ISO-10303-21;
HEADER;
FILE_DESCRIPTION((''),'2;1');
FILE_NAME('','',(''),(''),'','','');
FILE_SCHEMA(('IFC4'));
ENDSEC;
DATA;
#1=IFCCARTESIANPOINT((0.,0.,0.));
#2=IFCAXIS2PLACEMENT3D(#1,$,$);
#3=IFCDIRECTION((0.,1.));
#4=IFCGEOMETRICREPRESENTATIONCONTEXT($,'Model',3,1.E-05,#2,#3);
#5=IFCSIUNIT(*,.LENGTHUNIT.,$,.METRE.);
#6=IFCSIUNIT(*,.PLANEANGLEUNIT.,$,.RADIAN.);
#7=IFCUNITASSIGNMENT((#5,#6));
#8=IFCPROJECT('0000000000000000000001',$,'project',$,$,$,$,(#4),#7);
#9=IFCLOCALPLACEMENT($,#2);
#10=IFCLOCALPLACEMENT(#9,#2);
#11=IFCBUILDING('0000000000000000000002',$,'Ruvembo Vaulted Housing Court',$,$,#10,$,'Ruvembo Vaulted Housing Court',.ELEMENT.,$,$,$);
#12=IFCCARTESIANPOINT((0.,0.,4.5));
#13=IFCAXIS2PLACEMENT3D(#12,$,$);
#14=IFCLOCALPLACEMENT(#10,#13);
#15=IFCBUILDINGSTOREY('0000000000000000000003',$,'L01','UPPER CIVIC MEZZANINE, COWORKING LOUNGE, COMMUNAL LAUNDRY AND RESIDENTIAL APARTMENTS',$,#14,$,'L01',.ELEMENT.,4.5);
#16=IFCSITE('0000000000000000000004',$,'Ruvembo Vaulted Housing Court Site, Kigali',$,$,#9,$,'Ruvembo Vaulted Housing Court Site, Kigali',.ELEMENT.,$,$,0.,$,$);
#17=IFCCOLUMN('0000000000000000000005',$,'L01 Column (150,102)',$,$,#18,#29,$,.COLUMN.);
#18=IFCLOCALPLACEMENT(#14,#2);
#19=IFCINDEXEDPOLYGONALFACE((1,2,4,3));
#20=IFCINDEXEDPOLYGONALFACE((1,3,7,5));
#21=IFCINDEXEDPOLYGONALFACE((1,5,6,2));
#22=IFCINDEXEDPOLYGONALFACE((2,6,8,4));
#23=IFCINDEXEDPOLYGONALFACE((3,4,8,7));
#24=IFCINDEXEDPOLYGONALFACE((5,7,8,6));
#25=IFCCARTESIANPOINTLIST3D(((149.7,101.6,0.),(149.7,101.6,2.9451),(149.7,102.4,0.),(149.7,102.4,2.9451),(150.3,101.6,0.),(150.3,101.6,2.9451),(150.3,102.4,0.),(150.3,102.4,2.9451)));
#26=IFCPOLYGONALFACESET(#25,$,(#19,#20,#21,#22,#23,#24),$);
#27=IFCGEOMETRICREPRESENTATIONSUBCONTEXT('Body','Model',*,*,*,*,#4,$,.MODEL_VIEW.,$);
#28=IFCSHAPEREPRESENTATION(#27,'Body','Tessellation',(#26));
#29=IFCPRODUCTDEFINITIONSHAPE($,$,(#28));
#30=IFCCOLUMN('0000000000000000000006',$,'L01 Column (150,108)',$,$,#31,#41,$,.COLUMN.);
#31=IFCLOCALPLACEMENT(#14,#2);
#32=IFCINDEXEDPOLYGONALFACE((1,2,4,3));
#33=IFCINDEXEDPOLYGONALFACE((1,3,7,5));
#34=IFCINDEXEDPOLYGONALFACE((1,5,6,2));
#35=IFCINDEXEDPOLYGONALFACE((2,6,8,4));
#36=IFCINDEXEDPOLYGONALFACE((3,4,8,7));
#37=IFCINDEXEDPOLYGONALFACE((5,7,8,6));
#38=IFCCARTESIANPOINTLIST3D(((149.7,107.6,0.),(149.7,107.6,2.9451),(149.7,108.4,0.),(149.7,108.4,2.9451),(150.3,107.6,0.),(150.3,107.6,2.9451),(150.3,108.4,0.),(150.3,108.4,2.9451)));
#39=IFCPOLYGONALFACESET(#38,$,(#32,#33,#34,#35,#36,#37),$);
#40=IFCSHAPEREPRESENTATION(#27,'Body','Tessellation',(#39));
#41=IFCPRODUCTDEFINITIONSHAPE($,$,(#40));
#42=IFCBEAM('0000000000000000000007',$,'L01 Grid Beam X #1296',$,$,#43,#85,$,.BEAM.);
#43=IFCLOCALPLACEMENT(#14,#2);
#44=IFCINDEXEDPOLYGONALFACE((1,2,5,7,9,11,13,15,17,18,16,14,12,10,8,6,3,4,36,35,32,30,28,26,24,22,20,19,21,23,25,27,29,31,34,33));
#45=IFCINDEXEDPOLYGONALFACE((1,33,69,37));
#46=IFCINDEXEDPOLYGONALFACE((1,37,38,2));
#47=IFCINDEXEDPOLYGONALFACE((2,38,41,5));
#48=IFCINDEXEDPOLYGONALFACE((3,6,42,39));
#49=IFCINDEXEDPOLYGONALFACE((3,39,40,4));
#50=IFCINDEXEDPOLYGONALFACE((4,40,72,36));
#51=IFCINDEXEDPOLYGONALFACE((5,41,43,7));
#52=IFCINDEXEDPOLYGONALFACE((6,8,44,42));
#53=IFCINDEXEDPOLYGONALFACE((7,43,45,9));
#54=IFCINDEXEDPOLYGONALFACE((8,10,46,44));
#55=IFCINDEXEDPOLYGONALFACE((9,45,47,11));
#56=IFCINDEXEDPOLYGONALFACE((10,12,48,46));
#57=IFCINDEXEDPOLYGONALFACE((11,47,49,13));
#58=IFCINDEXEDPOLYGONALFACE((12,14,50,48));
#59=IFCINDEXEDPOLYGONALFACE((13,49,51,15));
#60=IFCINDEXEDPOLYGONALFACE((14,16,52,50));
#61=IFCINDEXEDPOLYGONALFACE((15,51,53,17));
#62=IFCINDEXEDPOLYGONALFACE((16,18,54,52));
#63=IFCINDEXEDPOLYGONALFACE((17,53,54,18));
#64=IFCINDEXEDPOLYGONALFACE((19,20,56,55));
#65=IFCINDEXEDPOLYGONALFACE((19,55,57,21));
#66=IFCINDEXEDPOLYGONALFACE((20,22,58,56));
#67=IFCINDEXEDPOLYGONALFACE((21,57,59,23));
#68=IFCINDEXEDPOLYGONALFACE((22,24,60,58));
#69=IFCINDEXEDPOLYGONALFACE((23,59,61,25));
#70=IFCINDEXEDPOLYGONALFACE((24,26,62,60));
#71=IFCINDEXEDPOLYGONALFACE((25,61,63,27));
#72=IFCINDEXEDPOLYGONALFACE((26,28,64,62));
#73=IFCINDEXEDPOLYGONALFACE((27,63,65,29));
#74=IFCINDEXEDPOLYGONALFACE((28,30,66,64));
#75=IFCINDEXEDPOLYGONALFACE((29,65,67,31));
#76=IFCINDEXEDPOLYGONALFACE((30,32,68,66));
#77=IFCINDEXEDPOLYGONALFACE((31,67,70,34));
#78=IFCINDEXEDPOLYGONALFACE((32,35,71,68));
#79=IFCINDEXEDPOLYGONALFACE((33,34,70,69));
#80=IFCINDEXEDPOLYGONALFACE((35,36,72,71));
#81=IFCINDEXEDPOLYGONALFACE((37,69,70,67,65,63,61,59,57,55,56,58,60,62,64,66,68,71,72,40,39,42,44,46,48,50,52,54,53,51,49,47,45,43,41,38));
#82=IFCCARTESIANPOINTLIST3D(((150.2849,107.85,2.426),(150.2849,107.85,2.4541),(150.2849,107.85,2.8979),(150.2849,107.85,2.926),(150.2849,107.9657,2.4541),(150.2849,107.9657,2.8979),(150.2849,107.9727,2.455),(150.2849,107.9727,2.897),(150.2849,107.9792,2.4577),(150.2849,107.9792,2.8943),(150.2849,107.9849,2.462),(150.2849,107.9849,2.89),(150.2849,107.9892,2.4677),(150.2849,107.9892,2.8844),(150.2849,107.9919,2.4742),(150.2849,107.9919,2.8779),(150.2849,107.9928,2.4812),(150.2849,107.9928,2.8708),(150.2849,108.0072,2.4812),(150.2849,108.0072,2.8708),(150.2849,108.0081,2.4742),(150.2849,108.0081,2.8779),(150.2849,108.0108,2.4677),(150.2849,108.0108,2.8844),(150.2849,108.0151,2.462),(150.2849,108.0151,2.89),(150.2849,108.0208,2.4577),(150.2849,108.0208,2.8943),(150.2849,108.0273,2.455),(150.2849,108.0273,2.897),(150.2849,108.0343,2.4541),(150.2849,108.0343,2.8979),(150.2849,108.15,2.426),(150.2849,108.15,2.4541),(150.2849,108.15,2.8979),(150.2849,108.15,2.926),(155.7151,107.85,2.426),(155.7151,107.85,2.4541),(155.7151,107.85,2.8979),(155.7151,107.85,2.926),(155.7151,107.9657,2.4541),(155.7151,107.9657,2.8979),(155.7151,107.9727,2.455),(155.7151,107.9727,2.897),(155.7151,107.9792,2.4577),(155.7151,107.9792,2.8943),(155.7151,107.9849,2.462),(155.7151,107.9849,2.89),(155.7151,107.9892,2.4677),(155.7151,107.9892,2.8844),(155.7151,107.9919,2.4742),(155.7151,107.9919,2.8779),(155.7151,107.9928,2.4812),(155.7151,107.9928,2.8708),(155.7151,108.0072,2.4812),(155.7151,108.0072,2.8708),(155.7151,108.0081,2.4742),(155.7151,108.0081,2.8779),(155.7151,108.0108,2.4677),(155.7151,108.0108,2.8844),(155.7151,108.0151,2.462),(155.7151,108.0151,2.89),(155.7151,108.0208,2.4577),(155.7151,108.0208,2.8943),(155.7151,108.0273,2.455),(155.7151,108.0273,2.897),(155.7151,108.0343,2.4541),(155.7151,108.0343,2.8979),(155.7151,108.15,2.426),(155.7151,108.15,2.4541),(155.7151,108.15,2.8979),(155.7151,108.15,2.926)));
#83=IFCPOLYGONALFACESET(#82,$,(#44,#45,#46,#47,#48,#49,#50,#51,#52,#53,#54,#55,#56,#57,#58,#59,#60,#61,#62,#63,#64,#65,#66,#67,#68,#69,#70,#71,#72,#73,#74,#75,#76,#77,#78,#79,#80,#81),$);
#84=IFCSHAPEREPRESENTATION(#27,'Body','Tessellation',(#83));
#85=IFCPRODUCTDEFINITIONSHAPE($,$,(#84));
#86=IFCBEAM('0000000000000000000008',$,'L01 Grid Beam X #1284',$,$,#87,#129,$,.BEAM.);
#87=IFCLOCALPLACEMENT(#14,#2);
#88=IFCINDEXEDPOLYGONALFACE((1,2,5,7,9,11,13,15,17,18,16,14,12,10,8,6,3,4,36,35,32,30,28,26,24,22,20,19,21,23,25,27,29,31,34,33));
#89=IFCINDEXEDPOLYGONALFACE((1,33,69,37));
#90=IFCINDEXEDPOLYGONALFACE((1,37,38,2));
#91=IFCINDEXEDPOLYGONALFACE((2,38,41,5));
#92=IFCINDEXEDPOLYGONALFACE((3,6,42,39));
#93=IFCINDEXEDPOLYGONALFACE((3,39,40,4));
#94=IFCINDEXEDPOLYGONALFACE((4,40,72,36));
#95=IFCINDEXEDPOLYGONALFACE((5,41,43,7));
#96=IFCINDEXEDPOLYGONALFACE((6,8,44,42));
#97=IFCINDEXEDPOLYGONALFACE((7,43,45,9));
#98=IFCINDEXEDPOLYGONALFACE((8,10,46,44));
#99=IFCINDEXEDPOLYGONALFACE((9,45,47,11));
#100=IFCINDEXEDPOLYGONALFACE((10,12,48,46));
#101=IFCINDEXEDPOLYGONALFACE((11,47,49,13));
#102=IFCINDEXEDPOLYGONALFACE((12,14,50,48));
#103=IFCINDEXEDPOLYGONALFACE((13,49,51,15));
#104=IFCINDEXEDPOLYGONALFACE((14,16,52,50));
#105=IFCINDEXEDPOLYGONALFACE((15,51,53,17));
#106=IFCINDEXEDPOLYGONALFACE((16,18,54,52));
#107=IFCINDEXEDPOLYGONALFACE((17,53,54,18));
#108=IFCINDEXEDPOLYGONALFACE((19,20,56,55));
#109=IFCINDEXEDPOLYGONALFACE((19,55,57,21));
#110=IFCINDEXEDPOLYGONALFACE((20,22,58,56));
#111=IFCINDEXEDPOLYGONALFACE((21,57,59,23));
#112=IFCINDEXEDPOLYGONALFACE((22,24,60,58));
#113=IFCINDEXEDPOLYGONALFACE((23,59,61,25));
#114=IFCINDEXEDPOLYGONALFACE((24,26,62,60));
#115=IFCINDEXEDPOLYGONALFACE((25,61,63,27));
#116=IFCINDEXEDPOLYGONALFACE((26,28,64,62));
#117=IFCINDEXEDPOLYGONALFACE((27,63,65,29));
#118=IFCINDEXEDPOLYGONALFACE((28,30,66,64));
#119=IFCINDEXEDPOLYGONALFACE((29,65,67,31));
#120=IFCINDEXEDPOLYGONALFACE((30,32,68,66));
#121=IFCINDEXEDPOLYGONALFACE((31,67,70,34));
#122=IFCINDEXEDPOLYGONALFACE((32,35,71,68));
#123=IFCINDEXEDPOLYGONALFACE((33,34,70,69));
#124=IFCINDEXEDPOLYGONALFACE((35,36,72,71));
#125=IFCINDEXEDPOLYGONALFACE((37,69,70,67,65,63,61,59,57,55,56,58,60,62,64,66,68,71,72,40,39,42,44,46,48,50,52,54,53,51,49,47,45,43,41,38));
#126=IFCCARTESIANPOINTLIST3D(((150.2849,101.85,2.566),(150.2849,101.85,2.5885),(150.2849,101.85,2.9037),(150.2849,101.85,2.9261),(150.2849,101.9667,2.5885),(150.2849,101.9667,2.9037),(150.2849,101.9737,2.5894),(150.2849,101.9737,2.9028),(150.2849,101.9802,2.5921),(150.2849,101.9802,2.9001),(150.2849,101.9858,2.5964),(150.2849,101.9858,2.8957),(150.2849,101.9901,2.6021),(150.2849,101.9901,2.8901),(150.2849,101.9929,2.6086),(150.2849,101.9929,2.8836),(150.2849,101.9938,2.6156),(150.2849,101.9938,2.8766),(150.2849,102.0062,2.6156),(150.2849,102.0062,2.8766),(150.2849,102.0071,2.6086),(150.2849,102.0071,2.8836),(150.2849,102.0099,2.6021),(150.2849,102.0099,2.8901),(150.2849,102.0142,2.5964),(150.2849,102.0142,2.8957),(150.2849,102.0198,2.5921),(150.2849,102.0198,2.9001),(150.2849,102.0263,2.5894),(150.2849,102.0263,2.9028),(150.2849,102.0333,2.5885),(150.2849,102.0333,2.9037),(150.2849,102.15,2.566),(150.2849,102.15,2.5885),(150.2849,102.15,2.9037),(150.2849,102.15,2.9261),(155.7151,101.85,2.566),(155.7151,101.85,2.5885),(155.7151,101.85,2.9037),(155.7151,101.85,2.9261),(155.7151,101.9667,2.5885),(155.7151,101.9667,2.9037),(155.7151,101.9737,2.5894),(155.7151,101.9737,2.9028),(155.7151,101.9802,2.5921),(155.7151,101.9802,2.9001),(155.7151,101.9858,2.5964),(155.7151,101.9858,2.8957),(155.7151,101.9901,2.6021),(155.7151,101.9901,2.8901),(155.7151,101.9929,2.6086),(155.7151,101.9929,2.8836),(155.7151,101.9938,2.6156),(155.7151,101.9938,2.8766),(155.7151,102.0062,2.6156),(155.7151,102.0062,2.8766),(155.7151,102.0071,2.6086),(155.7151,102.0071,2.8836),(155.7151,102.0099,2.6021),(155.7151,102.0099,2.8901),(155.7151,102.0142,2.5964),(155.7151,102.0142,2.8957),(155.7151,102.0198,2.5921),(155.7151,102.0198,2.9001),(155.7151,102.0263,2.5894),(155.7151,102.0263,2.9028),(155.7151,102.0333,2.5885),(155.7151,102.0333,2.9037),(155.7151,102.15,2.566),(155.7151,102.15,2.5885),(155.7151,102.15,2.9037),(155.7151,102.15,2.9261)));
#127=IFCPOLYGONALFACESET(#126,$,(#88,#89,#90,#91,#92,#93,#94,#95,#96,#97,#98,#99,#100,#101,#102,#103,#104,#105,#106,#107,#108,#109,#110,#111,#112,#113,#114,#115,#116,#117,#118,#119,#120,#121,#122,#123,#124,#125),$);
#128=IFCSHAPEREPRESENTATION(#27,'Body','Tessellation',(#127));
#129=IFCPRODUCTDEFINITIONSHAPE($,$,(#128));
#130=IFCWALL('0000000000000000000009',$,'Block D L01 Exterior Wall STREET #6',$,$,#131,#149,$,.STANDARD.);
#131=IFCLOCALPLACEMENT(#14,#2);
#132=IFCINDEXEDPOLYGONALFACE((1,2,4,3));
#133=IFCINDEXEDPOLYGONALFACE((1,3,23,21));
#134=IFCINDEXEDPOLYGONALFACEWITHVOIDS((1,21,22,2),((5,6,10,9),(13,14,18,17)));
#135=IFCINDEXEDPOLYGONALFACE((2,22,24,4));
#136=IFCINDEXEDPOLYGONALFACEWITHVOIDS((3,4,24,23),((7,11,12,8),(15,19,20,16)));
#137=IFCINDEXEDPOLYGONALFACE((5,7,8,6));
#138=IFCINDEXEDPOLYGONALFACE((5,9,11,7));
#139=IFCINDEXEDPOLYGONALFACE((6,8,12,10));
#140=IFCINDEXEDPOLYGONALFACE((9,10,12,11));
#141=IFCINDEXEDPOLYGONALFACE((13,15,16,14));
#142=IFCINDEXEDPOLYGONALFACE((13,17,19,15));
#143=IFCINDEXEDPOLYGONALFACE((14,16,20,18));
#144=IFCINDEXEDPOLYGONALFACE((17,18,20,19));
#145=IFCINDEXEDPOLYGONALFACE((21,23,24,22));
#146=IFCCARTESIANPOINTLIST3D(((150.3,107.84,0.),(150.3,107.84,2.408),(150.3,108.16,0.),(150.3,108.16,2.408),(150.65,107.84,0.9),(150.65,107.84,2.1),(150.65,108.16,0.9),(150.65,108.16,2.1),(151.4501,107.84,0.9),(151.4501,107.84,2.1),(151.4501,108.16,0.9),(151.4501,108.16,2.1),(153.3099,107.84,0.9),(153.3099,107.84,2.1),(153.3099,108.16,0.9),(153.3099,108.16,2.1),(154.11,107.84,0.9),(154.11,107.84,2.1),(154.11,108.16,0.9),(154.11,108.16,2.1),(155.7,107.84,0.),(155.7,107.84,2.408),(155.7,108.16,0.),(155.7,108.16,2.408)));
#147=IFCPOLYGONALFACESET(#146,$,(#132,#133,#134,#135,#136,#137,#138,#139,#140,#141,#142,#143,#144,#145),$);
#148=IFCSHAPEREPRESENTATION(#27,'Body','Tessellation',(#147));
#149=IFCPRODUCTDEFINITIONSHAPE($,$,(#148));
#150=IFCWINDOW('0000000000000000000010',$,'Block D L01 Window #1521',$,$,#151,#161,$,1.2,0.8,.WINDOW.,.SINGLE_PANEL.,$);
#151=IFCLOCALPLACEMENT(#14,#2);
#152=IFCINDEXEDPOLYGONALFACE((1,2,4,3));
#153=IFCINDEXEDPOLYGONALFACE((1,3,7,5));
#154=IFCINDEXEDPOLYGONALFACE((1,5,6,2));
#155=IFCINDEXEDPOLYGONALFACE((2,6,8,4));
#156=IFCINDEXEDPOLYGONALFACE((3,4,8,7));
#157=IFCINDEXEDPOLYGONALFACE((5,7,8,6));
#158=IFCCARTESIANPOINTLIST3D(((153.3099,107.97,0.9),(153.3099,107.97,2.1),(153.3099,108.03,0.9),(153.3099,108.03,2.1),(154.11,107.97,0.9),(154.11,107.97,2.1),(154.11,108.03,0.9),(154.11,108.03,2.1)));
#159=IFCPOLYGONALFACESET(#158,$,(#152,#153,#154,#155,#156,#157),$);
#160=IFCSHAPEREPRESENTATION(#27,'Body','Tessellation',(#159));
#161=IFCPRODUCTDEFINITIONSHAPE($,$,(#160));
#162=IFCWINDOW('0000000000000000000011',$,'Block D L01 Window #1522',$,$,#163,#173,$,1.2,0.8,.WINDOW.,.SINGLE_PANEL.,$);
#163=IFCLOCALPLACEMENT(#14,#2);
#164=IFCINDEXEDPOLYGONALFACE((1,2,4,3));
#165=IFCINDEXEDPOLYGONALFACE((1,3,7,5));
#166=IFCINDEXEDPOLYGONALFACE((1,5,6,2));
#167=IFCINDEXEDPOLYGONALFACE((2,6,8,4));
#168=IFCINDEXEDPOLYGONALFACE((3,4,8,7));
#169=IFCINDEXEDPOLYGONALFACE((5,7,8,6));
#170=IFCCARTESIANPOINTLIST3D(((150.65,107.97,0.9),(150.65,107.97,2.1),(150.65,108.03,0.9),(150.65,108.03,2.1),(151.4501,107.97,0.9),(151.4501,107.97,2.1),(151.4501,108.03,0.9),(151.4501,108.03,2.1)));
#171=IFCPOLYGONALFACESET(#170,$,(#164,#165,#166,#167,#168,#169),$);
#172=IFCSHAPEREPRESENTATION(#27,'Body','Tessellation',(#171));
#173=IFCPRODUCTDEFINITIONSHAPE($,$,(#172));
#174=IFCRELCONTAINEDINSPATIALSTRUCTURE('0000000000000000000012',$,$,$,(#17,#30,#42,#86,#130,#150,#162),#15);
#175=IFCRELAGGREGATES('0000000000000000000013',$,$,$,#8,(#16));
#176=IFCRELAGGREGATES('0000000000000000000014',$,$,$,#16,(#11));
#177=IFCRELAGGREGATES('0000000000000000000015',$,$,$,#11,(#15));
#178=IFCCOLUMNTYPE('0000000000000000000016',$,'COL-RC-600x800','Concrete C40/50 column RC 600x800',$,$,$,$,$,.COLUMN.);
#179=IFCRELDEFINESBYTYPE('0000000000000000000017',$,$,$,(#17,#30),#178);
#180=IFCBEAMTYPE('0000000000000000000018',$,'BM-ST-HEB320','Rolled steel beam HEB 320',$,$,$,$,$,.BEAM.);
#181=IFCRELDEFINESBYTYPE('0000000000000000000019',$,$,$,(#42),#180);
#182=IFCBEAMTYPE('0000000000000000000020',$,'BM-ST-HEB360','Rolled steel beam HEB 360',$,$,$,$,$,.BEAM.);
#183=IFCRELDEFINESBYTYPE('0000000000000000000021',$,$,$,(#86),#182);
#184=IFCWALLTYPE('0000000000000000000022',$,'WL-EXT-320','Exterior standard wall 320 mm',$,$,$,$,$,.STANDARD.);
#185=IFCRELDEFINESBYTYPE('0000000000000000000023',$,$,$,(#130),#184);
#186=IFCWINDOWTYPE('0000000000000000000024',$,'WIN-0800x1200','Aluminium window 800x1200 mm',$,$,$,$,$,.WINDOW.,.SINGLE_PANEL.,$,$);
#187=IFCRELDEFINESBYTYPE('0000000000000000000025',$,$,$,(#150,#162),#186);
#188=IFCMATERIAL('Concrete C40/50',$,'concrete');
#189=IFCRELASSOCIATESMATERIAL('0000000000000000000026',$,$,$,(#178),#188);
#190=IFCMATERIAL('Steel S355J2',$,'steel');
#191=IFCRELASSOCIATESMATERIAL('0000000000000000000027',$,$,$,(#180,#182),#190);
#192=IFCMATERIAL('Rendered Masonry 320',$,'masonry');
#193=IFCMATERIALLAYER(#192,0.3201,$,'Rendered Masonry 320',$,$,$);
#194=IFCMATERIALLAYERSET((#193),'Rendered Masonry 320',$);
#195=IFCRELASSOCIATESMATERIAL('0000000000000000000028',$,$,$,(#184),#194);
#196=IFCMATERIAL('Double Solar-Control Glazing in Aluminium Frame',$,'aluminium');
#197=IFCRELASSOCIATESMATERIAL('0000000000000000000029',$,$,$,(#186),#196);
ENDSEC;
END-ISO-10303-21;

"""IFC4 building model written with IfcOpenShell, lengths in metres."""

from ifc_helpers import new_model, si_unit, direction, frame, frame_2d, origin, origin_2d, place, context, subcontext, project, spatial, rectangle, i_section, extrude, material, layer, layer_set, material_profile, profile_set, type_object, element, fill, save


model = new_model("IFC4")

# Units and contexts
model_context = context("Model", 3, precision=1e-05, world=origin(), true_north=direction((0.0, 1.0)))
body_context = subcontext(model_context, "Body", "Model", "MODEL_VIEW")
ifc_project = project(units=[si_unit("LENGTHUNIT", "METRE"), si_unit("PLANEANGLEUNIT", "RADIAN")], contexts=[model_context])

# Site, building, storey
site_placement = place(None, origin())
site = spatial("IfcSite", under=ifc_project, at=site_placement, Name="Ruvembo Vaulted Housing Court Site, Kigali", LongName="Ruvembo Vaulted Housing Court Site, Kigali", CompositionType="ELEMENT", RefElevation=0.0)
building_placement = place(site_placement, origin())
building = spatial("IfcBuilding", under=site, at=building_placement, Name="Ruvembo Vaulted Housing Court", LongName="Ruvembo Vaulted Housing Court", CompositionType="ELEMENT")
storey_placement = place(building_placement, frame((0.0, 0.0, 4.5)))
storey = spatial("IfcBuildingStorey", under=building, at=storey_placement, Name="L01", Description="UPPER CIVIC MEZZANINE, COWORKING LOUNGE, COMMUNAL LAUNDRY AND RESIDENTIAL APARTMENTS", LongName="L01", CompositionType="ELEMENT", Elevation=4.5)

# Columns
ifc_material_1 = material(Name="Concrete C40/50", Category="concrete")
ifc_material_profile_1 = material_profile(ifc_material_1, rectangle(XDim=0.6001, YDim=0.8, at=origin_2d()), Name="RC 600x800")
ifc_profile_set_1 = profile_set([ifc_material_profile_1], Name="Concrete C40/50")
column_type = type_object("IfcColumnType", Name="COL-RC-600x800", Description="Concrete C40/50 column RC 600x800", PredefinedType="COLUMN", material=ifc_profile_set_1)
for number, where, z_axis, x_axis, name in (
    (1, (150.0, 102.0, 0.0), (0.0, 0.0, 1.0), (1.0, 0.0, 0.0), "L01 Column (150,102)"),
    (2, (150.0, 108.0, 0.0), (0.0, 0.0, 1.0), (1.0, 0.0, 0.0), "L01 Column (150,108)"),
):
    element("IfcColumn", number, at=place(storey_placement, frame(where, z_axis=z_axis, x_axis=x_axis)), inside=storey, type_object=column_type, Name=name, PredefinedType="COLUMN", context=body_context, shape_type="SweptSolid", body=[
        extrude(rectangle(XDim=0.6001, YDim=0.8, at=origin_2d()), origin(), (0.0, 0.0, 1.0), 2.9451),
    ])

# Beams
ifc_material_2 = material(Name="Steel S355J2", Category="steel")
ifc_material_profile_2 = material_profile(ifc_material_2, i_section(OverallWidth=0.3, OverallDepth=0.5, WebThickness=0.0144, FlangeThickness=0.0281, FilletRadius=0.0271, at=origin_2d()), Name="HEB 320")
ifc_profile_set_2 = profile_set([ifc_material_profile_2], Name="Steel S355J2")
beam_type_1 = type_object("IfcBeamType", Name="BM-ST-HEB320", Description="Rolled steel beam HEB 320", PredefinedType="BEAM", material=ifc_profile_set_2)
beam_1_placement = place(storey_placement, frame((150.2849, 108.0, 2.676), z_axis=(1.0, 0.0, 0.0), x_axis=(0.0, 1.0, 0.0)))
element("IfcBeam", 3, at=beam_1_placement, inside=storey, type_object=beam_type_1, Name="L01 Grid Beam X #1296", PredefinedType="BEAM", context=body_context, shape_type="SweptSolid", body=[
    extrude(i_section(OverallWidth=0.3, OverallDepth=0.5, WebThickness=0.0144, FlangeThickness=0.0281, FilletRadius=0.0271, at=origin_2d()), origin(), (0.0, 0.0, 1.0), 5.4302),
])
ifc_material_profile_3 = material_profile(ifc_material_2, i_section(OverallWidth=0.3, OverallDepth=0.3601, WebThickness=0.0125, FlangeThickness=0.0225, FilletRadius=0.0271, at=origin_2d()), Name="HEB 360")
ifc_profile_set_3 = profile_set([ifc_material_profile_3], Name="Steel S355J2")
beam_type_2 = type_object("IfcBeamType", Name="BM-ST-HEB360", Description="Rolled steel beam HEB 360", PredefinedType="BEAM", material=ifc_profile_set_3)
beam_2_placement = place(storey_placement, frame((150.2849, 102.0, 2.7461), z_axis=(1.0, 0.0, 0.0), x_axis=(0.0, 1.0, 0.0)))
element("IfcBeam", 4, at=beam_2_placement, inside=storey, type_object=beam_type_2, Name="L01 Grid Beam X #1284", PredefinedType="BEAM", context=body_context, shape_type="SweptSolid", body=[
    extrude(i_section(OverallWidth=0.3, OverallDepth=0.3601, WebThickness=0.0125, FlangeThickness=0.0225, FilletRadius=0.0271, at=origin_2d()), origin(), (0.0, 0.0, 1.0), 5.4302),
])

# Wall, openings, windows
ifc_material_3 = material(Name="Rendered Masonry 320", Category="masonry")
ifc_layer_1 = layer(ifc_material_3, 0.3201, Name="Rendered Masonry 320")
ifc_layer_set_1 = layer_set([ifc_layer_1], Name="Rendered Masonry 320")
wall_type_1 = type_object("IfcWallType", Name="WL-EXT-320", Description="Exterior standard wall 320 mm", PredefinedType="STANDARD", material=ifc_layer_set_1)
wall_1_placement = place(storey_placement, frame((155.7, 108.0, 0.0), z_axis=(0.0, 0.0, 1.0), x_axis=(-1.0, 0.0, 0.0)))
wall_1 = element("IfcWall", 5, at=wall_1_placement, inside=storey, type_object=wall_type_1, Name="Block D L01 Exterior Wall STREET #6", PredefinedType="STANDARD", context=body_context, shape_type="SweptSolid", body=[
    extrude(rectangle(XDim=5.3999, YDim=0.3201, at=frame_2d((2.7, 0.0))), origin(), (0.0, 0.0, 1.0), 2.408),
])
opening_1_placement = place(wall_1_placement, frame((1.5901, 0.0, 0.8999)))
opening_1 = element("IfcOpeningElement", 6, at=opening_1_placement, cuts=wall_1, PredefinedType="OPENING", context=body_context, shape_type="SweptSolid", body=[
    extrude(rectangle(XDim=0.8, YDim=1.2, at=frame_2d((0.3999, 0.6001))), frame((0.0, 0.1699, 0.0), z_axis=(0.0, -1.0, 0.0), x_axis=(1.0, 0.0, 0.0)), (0.0, 0.0, 1.0), 0.3401),
])
opening_2_placement = place(wall_1_placement, frame((4.25, 0.0, 0.8999)))
opening_2 = element("IfcOpeningElement", 7, at=opening_2_placement, cuts=wall_1, PredefinedType="OPENING", context=body_context, shape_type="SweptSolid", body=[
    extrude(rectangle(XDim=0.8, YDim=1.2, at=frame_2d((0.3999, 0.6001))), frame((0.0, 0.1699, 0.0), z_axis=(0.0, -1.0, 0.0), x_axis=(1.0, 0.0, 0.0)), (0.0, 0.0, 1.0), 0.3401),
])
ifc_material_4 = material(Name="Double Solar-Control Glazing in Aluminium Frame", Category="aluminium")
window_type_1 = type_object("IfcWindowType", Name="WIN-0800x1200", Description="Aluminium window 800x1200 mm", PartitioningType="SINGLE_PANEL", PredefinedType="WINDOW", material=ifc_material_4)
window_1_placement = place(opening_1_placement, origin())
window_1 = element("IfcWindow", 8, at=window_1_placement, inside=storey, type_object=window_type_1, Name="Block D L01 Window #1521", OverallHeight=1.2, OverallWidth=0.8, PartitioningType="SINGLE_PANEL", PredefinedType="WINDOW", context=body_context, shape_type="SweptSolid", body=[
    extrude(rectangle(XDim=0.8, YDim=1.2, at=frame_2d((0.3999, 0.6001))), frame((0.0, 0.03, 0.0), z_axis=(0.0, -1.0, 0.0), x_axis=(1.0, 0.0, 0.0)), (0.0, 0.0, 1.0), 0.0601),
])
fill(opening_1, window_1)
window_2_placement = place(opening_2_placement, origin())
window_2 = element("IfcWindow", 9, at=window_2_placement, inside=storey, type_object=window_type_1, Name="Block D L01 Window #1522", OverallHeight=1.2, OverallWidth=0.8, PartitioningType="SINGLE_PANEL", PredefinedType="WINDOW", context=body_context, shape_type="SweptSolid", body=[
    extrude(rectangle(XDim=0.8, YDim=1.2, at=frame_2d((0.3999, 0.6001))), frame((0.0, 0.03, 0.0), z_axis=(0.0, -1.0, 0.0), x_axis=(1.0, 0.0, 0.0)), (0.0, 0.0, 1.0), 0.0601),
])
fill(opening_2, window_2)

save(model, "model.ifc")
